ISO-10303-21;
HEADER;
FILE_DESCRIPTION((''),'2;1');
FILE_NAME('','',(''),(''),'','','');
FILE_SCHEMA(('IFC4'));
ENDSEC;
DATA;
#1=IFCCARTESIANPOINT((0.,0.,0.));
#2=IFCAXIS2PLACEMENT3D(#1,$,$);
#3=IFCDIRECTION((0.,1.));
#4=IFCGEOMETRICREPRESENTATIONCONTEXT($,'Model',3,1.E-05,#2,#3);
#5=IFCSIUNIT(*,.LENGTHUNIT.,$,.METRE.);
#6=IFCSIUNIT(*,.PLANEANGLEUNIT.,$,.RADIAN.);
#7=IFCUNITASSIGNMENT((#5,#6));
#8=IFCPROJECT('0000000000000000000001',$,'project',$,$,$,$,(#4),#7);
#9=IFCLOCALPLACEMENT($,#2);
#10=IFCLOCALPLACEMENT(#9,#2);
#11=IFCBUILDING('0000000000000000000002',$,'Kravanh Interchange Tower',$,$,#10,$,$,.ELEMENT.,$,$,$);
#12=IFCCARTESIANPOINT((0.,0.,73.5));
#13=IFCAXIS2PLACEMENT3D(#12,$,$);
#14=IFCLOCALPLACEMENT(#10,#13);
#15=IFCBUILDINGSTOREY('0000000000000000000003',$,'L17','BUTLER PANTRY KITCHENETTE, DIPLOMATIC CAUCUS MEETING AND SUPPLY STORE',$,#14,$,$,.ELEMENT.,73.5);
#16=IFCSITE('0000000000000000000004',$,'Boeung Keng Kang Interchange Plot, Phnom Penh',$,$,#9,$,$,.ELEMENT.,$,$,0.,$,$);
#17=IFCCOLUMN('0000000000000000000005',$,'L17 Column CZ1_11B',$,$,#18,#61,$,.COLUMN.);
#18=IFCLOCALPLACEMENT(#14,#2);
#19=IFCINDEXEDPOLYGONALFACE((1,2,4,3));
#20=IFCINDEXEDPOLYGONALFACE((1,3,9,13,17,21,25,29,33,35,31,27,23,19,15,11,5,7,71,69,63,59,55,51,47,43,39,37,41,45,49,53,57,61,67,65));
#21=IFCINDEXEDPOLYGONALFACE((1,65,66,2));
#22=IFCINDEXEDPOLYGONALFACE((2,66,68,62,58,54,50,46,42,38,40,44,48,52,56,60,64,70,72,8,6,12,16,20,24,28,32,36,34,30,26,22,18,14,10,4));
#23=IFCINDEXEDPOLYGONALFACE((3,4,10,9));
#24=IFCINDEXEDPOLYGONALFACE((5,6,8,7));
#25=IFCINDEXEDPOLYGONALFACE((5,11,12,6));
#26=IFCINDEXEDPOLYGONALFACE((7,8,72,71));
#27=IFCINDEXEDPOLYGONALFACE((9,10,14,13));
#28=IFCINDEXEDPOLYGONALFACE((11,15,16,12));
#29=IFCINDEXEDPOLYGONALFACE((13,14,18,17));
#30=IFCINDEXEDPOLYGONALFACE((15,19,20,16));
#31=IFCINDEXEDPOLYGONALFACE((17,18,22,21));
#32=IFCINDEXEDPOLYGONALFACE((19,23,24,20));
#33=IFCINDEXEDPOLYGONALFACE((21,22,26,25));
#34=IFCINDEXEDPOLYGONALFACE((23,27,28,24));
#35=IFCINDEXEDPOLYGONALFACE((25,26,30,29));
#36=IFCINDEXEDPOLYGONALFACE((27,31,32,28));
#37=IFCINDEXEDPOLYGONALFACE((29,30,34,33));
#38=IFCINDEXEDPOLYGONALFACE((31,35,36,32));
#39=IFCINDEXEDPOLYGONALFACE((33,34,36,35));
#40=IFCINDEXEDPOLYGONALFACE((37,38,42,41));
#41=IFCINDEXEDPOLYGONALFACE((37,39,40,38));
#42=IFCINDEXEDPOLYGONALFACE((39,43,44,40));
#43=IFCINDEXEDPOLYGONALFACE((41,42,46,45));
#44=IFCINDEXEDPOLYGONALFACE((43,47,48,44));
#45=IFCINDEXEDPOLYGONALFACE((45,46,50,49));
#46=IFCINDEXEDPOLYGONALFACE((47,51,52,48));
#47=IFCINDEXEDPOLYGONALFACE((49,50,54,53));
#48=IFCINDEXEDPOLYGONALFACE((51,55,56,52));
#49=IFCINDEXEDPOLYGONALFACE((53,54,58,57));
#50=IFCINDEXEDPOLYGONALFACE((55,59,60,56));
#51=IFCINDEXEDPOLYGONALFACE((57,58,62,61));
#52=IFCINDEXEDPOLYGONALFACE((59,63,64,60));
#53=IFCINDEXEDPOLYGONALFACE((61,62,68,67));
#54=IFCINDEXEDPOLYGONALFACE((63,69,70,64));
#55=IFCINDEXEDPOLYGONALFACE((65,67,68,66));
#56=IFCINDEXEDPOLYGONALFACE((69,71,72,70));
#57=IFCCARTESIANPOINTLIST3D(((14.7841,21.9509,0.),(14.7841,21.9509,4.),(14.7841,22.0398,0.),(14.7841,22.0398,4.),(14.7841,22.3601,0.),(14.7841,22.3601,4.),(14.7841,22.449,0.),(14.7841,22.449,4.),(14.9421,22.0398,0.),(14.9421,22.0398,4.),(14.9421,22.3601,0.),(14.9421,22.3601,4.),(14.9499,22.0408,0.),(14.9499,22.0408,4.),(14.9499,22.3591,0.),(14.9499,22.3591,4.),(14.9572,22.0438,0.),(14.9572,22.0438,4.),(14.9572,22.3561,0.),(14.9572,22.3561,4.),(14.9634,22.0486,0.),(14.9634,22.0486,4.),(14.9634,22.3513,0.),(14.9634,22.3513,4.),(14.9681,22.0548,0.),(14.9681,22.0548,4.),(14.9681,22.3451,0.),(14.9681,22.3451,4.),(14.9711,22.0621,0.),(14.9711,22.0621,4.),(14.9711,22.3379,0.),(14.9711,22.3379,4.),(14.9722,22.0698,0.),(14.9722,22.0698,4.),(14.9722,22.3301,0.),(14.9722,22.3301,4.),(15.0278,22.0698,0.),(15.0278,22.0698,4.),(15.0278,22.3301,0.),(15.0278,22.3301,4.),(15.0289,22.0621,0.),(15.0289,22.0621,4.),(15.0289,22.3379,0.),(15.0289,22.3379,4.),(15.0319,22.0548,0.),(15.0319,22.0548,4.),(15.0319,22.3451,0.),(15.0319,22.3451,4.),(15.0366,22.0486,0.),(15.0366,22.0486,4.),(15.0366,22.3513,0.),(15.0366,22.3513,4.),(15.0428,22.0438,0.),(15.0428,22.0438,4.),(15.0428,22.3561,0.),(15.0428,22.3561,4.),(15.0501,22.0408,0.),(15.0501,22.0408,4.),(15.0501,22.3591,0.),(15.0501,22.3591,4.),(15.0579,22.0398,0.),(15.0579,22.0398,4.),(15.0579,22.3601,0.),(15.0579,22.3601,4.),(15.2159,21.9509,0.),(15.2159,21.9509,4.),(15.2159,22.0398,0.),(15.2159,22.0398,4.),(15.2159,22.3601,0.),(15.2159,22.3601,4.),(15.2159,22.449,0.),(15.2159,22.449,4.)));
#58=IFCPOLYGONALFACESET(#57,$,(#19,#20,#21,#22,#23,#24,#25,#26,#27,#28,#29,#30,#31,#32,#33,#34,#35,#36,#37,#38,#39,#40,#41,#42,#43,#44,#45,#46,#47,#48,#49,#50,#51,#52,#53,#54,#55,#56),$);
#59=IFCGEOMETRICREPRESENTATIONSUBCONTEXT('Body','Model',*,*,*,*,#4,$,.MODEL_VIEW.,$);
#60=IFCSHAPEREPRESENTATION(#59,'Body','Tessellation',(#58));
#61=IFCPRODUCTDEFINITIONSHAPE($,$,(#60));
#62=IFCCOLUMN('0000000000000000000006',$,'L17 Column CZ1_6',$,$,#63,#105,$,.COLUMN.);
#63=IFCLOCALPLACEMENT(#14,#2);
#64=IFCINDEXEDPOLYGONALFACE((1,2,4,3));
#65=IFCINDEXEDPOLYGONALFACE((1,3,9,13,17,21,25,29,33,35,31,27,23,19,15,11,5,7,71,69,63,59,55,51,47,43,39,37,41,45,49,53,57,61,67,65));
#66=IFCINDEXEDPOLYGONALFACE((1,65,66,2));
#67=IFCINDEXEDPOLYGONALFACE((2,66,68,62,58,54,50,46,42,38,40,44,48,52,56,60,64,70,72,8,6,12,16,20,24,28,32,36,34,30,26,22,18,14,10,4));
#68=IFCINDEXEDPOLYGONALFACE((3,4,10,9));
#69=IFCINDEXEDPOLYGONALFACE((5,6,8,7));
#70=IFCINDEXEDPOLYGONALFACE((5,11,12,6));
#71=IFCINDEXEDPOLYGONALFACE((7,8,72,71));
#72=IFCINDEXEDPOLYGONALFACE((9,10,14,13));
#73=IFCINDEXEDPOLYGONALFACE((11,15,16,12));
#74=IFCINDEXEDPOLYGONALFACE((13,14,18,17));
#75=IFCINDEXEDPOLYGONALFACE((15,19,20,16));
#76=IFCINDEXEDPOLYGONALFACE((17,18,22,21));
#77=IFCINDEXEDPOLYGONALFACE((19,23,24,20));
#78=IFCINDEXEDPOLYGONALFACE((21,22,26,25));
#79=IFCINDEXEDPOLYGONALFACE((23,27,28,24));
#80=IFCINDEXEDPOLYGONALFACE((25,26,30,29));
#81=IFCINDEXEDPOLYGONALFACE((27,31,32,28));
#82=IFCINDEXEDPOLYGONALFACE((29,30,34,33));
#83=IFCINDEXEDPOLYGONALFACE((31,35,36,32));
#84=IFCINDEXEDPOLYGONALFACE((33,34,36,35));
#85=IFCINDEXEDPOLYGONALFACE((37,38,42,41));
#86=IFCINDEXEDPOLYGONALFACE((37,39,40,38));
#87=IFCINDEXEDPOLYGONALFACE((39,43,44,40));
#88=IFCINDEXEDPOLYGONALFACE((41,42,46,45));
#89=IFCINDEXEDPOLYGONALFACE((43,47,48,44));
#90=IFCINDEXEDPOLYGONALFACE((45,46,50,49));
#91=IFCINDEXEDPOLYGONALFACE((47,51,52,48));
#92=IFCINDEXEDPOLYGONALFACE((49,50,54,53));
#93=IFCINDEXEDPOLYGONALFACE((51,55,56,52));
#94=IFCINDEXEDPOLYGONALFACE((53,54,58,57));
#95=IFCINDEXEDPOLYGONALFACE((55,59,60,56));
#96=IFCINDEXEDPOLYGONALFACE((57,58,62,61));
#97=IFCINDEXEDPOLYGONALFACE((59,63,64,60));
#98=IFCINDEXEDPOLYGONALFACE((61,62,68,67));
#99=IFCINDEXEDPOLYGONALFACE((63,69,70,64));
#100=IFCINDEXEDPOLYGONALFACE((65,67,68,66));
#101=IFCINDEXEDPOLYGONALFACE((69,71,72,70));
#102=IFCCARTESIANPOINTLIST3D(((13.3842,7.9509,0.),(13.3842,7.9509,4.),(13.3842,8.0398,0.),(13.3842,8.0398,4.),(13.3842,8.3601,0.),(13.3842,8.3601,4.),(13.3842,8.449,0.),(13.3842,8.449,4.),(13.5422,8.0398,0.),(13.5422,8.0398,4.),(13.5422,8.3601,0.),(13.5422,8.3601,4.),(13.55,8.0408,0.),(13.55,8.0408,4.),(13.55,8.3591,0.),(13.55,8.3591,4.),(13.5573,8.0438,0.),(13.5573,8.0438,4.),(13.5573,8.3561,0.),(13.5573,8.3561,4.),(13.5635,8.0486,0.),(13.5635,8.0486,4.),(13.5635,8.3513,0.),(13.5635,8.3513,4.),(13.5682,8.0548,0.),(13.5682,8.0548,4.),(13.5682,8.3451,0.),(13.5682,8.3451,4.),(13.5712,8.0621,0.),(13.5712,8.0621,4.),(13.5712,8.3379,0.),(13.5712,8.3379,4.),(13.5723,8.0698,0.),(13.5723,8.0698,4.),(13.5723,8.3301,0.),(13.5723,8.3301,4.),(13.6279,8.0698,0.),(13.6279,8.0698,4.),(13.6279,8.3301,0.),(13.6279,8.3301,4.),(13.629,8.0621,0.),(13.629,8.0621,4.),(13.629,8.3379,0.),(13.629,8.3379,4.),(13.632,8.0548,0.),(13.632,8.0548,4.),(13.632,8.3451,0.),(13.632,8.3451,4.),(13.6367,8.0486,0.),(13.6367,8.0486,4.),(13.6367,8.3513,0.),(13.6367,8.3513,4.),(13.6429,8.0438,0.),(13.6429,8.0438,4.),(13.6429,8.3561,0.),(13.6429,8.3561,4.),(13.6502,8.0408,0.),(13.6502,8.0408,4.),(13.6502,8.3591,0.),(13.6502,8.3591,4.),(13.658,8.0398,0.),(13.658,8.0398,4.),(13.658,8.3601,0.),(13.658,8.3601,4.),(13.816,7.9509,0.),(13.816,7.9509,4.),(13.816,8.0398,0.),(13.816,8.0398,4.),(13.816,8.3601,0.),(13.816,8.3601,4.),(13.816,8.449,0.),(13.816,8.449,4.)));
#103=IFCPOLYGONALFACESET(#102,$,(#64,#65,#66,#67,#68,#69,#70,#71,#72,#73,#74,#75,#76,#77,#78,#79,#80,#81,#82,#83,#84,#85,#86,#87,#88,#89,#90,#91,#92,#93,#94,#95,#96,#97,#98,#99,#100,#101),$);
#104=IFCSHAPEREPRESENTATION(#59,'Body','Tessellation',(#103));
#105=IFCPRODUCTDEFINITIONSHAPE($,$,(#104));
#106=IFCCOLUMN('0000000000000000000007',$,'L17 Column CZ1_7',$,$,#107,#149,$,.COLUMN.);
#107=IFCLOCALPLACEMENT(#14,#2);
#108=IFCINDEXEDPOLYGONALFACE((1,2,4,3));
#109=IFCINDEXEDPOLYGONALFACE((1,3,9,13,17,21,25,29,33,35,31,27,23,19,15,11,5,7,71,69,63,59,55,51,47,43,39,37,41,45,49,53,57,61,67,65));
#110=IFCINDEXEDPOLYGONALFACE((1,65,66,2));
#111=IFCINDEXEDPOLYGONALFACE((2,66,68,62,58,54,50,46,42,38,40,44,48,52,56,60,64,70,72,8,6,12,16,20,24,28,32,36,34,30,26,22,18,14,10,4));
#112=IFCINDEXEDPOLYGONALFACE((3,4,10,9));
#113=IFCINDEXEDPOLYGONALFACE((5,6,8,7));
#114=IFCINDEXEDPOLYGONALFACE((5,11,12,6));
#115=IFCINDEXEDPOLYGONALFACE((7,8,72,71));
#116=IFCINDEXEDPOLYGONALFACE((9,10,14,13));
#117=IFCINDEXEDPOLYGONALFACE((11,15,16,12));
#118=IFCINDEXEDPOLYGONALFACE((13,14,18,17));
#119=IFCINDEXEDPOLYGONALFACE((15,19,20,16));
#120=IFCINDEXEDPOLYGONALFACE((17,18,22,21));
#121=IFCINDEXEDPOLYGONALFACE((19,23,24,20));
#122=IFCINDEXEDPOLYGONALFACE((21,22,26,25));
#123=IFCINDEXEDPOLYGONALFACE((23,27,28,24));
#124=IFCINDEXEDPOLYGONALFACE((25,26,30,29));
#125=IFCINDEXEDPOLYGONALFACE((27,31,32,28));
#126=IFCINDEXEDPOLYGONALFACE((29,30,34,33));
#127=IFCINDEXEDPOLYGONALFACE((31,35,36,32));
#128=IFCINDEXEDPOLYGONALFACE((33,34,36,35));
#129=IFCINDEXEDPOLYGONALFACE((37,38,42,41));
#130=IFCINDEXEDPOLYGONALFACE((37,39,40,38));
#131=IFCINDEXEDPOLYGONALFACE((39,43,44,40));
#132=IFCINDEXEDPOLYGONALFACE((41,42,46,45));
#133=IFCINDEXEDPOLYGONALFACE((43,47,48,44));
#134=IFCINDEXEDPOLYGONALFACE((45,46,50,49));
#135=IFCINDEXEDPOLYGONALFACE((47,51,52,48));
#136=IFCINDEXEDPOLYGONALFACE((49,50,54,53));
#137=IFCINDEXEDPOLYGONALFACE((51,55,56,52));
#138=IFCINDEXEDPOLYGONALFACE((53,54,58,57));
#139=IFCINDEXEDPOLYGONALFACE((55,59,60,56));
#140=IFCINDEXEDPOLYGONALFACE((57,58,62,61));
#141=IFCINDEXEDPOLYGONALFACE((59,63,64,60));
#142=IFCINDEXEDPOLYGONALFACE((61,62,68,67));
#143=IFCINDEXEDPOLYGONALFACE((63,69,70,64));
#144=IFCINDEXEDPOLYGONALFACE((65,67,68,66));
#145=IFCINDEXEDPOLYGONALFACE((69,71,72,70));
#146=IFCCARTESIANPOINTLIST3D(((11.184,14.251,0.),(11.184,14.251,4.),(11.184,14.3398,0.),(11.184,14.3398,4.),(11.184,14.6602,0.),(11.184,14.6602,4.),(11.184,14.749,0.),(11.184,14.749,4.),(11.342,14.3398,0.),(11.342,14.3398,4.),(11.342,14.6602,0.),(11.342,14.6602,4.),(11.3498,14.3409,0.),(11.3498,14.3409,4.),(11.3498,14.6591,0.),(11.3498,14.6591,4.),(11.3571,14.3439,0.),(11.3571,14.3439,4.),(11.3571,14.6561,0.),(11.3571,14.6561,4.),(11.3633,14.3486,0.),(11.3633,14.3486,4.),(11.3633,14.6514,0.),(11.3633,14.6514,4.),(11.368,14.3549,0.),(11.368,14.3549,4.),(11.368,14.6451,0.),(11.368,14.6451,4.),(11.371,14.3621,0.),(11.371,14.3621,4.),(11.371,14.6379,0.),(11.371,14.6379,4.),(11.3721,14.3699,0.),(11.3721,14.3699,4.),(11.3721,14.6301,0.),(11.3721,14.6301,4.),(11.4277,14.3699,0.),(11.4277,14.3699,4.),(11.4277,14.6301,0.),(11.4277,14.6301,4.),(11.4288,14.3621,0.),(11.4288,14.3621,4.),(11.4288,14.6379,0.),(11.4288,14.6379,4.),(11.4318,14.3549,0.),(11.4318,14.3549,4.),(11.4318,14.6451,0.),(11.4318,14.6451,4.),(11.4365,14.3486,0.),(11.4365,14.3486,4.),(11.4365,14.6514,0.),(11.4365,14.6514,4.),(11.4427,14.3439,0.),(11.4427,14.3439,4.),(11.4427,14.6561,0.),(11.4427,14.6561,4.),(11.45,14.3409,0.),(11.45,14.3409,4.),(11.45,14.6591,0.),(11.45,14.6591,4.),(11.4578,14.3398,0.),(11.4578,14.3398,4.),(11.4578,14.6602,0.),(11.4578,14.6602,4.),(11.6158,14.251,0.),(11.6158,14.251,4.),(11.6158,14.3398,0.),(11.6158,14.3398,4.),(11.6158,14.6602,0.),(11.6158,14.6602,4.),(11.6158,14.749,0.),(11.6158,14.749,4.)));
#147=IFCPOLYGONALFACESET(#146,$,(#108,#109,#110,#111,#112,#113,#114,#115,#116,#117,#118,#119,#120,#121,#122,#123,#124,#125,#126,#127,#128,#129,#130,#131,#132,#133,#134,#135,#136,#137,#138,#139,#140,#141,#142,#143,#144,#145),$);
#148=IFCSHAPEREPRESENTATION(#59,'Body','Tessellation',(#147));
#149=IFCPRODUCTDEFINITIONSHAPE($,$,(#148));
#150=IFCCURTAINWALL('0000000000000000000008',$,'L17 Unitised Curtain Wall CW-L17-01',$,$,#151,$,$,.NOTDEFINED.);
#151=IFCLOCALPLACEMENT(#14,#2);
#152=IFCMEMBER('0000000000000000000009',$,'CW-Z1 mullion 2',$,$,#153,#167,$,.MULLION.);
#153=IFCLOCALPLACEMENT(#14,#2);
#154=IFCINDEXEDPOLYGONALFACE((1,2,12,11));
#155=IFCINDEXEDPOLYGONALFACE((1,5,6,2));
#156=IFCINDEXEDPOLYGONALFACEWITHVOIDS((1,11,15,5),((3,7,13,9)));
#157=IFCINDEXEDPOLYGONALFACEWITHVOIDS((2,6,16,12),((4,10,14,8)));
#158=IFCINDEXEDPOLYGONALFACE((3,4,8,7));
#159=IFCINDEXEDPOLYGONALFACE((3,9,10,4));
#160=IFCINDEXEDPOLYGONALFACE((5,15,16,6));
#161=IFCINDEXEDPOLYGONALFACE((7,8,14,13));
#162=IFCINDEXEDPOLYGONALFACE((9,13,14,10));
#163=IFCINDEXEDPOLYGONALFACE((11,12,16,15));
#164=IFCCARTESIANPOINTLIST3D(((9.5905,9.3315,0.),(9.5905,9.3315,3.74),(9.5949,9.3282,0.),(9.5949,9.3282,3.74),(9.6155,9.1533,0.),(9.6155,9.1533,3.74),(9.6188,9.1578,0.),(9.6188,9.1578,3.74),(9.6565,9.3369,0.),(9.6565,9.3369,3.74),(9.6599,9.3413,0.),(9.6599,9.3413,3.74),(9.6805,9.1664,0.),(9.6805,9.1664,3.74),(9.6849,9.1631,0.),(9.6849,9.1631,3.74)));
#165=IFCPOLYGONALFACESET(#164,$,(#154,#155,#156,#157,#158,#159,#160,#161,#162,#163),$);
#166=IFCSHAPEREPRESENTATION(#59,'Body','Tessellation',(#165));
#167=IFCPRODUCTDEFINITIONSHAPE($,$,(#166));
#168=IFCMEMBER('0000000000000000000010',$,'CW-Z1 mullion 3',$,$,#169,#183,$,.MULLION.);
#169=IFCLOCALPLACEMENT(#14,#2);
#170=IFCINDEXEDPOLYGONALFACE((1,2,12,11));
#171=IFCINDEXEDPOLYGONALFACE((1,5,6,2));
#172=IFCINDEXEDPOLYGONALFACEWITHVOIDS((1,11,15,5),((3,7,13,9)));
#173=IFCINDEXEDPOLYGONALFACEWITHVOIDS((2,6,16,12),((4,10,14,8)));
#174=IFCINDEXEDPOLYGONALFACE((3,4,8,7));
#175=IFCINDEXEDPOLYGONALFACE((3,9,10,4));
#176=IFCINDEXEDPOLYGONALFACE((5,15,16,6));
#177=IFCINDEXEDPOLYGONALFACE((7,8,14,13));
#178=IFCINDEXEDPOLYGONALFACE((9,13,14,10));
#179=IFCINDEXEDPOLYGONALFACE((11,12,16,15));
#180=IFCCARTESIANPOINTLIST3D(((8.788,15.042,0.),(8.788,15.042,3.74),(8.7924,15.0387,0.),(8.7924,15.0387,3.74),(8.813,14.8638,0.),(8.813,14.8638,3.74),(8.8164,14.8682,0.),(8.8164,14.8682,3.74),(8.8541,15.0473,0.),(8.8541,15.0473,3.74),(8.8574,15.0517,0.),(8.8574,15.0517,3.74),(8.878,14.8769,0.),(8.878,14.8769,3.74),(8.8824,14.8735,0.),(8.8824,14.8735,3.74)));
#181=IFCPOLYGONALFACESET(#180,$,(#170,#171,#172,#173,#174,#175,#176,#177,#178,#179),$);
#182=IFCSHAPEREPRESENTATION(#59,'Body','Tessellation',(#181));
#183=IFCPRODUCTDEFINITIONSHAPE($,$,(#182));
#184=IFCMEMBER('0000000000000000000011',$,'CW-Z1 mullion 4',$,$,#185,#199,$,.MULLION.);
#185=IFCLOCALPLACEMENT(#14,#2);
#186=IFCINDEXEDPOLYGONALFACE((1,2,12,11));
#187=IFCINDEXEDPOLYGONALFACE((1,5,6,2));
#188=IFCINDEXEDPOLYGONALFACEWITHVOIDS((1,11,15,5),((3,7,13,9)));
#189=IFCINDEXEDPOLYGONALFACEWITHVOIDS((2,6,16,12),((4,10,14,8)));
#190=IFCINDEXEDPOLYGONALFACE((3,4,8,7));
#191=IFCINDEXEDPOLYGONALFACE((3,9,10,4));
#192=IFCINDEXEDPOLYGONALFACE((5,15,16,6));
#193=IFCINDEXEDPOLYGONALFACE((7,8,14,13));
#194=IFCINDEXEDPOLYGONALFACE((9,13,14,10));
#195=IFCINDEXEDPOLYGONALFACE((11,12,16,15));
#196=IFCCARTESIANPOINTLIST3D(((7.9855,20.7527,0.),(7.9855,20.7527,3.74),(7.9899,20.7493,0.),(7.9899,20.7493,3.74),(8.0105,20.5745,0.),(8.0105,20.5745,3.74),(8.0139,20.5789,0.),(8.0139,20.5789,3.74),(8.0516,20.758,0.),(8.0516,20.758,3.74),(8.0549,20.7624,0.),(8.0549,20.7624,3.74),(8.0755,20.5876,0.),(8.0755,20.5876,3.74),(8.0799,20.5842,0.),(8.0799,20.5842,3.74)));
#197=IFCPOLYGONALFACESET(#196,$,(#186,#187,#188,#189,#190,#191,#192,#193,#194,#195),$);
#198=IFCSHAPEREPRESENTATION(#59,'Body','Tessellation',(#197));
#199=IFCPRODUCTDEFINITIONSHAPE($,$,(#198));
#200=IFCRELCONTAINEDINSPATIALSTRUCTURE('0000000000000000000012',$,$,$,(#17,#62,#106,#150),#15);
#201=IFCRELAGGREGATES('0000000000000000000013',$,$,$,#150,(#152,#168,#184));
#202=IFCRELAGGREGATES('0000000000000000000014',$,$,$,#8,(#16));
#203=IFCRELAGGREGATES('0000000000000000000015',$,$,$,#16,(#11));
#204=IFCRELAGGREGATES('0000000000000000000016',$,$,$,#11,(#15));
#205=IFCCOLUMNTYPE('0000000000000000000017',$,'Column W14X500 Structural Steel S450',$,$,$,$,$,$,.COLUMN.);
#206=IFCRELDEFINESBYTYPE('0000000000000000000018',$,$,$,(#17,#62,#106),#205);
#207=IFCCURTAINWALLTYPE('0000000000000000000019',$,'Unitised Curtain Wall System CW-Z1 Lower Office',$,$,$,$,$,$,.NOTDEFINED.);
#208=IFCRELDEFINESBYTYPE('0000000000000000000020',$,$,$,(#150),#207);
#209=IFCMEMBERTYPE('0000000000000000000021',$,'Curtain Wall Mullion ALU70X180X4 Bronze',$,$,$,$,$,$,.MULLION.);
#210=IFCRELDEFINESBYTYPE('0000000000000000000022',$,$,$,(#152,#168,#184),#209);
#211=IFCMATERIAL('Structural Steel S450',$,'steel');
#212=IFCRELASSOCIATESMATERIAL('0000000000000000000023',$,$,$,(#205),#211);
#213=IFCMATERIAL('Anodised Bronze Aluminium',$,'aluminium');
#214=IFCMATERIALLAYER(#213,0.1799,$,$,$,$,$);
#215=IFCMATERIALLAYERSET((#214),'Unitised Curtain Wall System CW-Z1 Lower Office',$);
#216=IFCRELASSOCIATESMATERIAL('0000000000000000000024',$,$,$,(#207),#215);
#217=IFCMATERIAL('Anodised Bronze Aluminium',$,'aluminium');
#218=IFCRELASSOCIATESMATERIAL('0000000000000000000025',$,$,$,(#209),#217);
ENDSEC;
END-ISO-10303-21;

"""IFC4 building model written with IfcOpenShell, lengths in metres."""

from ifc_helpers import new_model, si_unit, direction, frame, origin, origin_2d, place, context, subcontext, project, spatial, hollow_rectangle, i_section, extrude, material, layer, layer_set, material_profile, profile_set, type_object, element, aggregate, save


model = new_model("IFC4")

# Units and contexts
model_context = context("Model", 3, precision=1e-05, world=origin(), true_north=direction((0.0, 1.0)))
body_context = subcontext(model_context, "Body", "Model", "MODEL_VIEW")
ifc_project = project(units=[si_unit("LENGTHUNIT", "METRE"), si_unit("PLANEANGLEUNIT", "RADIAN")], contexts=[model_context])

# Site, building, storey
site_placement = place(None, origin())
site = spatial("IfcSite", under=ifc_project, at=site_placement, Name="Boeung Keng Kang Interchange Plot, Phnom Penh", CompositionType="ELEMENT", RefElevation=0.0)
building_placement = place(site_placement, origin())
building = spatial("IfcBuilding", under=site, at=building_placement, Name="Kravanh Interchange Tower", CompositionType="ELEMENT")
storey_placement = place(building_placement, frame((0.0, 0.0, 73.5)))
storey = spatial("IfcBuildingStorey", under=building, at=storey_placement, Name="L17", Description="BUTLER PANTRY KITCHENETTE, DIPLOMATIC CAUCUS MEETING AND SUPPLY STORE", CompositionType="ELEMENT", Elevation=73.5)

# Columns
ifc_material_1 = material(Name="Structural Steel S450", Category="steel")
ifc_material_profile_1 = material_profile(ifc_material_1, i_section(OverallWidth=0.4319, OverallDepth=0.498, WebThickness=0.0557, FlangeThickness=0.0889, FilletRadius=0.03, at=origin_2d()), Name="W14X500")
ifc_profile_set_1 = profile_set([ifc_material_profile_1], Name="Structural Steel S450")
column_type = type_object("IfcColumnType", Name="Column W14X500 Structural Steel S450", PredefinedType="COLUMN", material=ifc_profile_set_1)
for number, where, z_axis, x_axis, name in (
    (1, (15.0, 22.2, 0.0), (0.0, 0.0, 1.0), (1.0, 0.0, 0.0), "L17 Column CZ1_11B"),
    (2, (13.6001, 8.2, 0.0), (0.0, 0.0, 1.0), (1.0, 0.0, 0.0), "L17 Column CZ1_6"),
    (3, (11.3999, 14.5, 0.0), (0.0, 0.0, 1.0), (1.0, 0.0, 0.0), "L17 Column CZ1_7"),
):
    element("IfcColumn", number, at=place(storey_placement, frame(where, z_axis=z_axis, x_axis=x_axis)), inside=storey, type_object=column_type, Name=name, PredefinedType="COLUMN", context=body_context, shape_type="SweptSolid", body=[
        extrude(i_section(OverallWidth=0.4319, OverallDepth=0.498, WebThickness=0.0557, FlangeThickness=0.0889, FilletRadius=0.03, at=origin_2d()), origin(), (0.0, 0.0, 1.0), 4.0),
    ])

# Curtain wall, members
ifc_material_2 = material(Name="Anodised Bronze Aluminium", Category="aluminium")
ifc_layer_1 = layer(ifc_material_2, 0.1799)
ifc_layer_set_1 = layer_set([ifc_layer_1], Name="Unitised Curtain Wall System CW-Z1 Lower Office")
curtain_wall_type = type_object("IfcCurtainWallType", Name="Unitised Curtain Wall System CW-Z1 Lower Office", PredefinedType="NOTDEFINED", material=ifc_layer_set_1)
curtain_wall_placement = place(storey_placement, origin())
curtain_wall = element("IfcCurtainWall", 4, at=curtain_wall_placement, inside=storey, type_object=curtain_wall_type, Name="L17 Unitised Curtain Wall CW-L17-01", PredefinedType="NOTDEFINED")
ifc_material_3 = material(Name="Anodised Bronze Aluminium", Category="aluminium")
ifc_material_profile_2 = material_profile(ifc_material_3, hollow_rectangle(XDim=0.0701, YDim=0.1799, WallThickness=0.0039, at=origin_2d()), Name="ALU70X180X4")
ifc_profile_set_2 = profile_set([ifc_material_profile_2], Name="Anodised Bronze Aluminium")
member_type_1 = type_object("IfcMemberType", Name="Curtain Wall Mullion ALU70X180X4 Bronze", PredefinedType="MULLION", material=ifc_profile_set_2)
member_1_placement = place(storey_placement, frame((9.6377, 9.2473, 0.0), z_axis=(0.0, 0.0, 1.0), x_axis=(-0.990268, -0.139177, 0.0)))
member_1 = element("IfcMember", 5, at=member_1_placement, type_object=member_type_1, Name="CW-Z1 mullion 2", PredefinedType="MULLION", context=body_context, shape_type="SweptSolid", body=[
    extrude(hollow_rectangle(XDim=0.0701, YDim=0.1799, WallThickness=0.0039, at=origin_2d()), origin(), (0.0, 0.0, 1.0), 3.74),
])
member_2_placement = place(storey_placement, frame((8.8352, 14.9578, 0.0), z_axis=(0.0, 0.0, 1.0), x_axis=(-0.990268, -0.139177, 0.0)))
member_2 = element("IfcMember", 6, at=member_2_placement, type_object=member_type_1, Name="CW-Z1 mullion 3", PredefinedType="MULLION", context=body_context, shape_type="SweptSolid", body=[
    extrude(hollow_rectangle(XDim=0.0701, YDim=0.1799, WallThickness=0.0039, at=origin_2d()), origin(), (0.0, 0.0, 1.0), 3.74),
])
member_3_placement = place(storey_placement, frame((8.0327, 20.6685, 0.0), z_axis=(0.0, 0.0, 1.0), x_axis=(-0.990268, -0.139177, 0.0)))
member_3 = element("IfcMember", 7, at=member_3_placement, type_object=member_type_1, Name="CW-Z1 mullion 4", PredefinedType="MULLION", context=body_context, shape_type="SweptSolid", body=[
    extrude(hollow_rectangle(XDim=0.0701, YDim=0.1799, WallThickness=0.0039, at=origin_2d()), origin(), (0.0, 0.0, 1.0), 3.74),
])

aggregate(curtain_wall, [member_1, member_2, member_3])

save(model, "model.ifc")
